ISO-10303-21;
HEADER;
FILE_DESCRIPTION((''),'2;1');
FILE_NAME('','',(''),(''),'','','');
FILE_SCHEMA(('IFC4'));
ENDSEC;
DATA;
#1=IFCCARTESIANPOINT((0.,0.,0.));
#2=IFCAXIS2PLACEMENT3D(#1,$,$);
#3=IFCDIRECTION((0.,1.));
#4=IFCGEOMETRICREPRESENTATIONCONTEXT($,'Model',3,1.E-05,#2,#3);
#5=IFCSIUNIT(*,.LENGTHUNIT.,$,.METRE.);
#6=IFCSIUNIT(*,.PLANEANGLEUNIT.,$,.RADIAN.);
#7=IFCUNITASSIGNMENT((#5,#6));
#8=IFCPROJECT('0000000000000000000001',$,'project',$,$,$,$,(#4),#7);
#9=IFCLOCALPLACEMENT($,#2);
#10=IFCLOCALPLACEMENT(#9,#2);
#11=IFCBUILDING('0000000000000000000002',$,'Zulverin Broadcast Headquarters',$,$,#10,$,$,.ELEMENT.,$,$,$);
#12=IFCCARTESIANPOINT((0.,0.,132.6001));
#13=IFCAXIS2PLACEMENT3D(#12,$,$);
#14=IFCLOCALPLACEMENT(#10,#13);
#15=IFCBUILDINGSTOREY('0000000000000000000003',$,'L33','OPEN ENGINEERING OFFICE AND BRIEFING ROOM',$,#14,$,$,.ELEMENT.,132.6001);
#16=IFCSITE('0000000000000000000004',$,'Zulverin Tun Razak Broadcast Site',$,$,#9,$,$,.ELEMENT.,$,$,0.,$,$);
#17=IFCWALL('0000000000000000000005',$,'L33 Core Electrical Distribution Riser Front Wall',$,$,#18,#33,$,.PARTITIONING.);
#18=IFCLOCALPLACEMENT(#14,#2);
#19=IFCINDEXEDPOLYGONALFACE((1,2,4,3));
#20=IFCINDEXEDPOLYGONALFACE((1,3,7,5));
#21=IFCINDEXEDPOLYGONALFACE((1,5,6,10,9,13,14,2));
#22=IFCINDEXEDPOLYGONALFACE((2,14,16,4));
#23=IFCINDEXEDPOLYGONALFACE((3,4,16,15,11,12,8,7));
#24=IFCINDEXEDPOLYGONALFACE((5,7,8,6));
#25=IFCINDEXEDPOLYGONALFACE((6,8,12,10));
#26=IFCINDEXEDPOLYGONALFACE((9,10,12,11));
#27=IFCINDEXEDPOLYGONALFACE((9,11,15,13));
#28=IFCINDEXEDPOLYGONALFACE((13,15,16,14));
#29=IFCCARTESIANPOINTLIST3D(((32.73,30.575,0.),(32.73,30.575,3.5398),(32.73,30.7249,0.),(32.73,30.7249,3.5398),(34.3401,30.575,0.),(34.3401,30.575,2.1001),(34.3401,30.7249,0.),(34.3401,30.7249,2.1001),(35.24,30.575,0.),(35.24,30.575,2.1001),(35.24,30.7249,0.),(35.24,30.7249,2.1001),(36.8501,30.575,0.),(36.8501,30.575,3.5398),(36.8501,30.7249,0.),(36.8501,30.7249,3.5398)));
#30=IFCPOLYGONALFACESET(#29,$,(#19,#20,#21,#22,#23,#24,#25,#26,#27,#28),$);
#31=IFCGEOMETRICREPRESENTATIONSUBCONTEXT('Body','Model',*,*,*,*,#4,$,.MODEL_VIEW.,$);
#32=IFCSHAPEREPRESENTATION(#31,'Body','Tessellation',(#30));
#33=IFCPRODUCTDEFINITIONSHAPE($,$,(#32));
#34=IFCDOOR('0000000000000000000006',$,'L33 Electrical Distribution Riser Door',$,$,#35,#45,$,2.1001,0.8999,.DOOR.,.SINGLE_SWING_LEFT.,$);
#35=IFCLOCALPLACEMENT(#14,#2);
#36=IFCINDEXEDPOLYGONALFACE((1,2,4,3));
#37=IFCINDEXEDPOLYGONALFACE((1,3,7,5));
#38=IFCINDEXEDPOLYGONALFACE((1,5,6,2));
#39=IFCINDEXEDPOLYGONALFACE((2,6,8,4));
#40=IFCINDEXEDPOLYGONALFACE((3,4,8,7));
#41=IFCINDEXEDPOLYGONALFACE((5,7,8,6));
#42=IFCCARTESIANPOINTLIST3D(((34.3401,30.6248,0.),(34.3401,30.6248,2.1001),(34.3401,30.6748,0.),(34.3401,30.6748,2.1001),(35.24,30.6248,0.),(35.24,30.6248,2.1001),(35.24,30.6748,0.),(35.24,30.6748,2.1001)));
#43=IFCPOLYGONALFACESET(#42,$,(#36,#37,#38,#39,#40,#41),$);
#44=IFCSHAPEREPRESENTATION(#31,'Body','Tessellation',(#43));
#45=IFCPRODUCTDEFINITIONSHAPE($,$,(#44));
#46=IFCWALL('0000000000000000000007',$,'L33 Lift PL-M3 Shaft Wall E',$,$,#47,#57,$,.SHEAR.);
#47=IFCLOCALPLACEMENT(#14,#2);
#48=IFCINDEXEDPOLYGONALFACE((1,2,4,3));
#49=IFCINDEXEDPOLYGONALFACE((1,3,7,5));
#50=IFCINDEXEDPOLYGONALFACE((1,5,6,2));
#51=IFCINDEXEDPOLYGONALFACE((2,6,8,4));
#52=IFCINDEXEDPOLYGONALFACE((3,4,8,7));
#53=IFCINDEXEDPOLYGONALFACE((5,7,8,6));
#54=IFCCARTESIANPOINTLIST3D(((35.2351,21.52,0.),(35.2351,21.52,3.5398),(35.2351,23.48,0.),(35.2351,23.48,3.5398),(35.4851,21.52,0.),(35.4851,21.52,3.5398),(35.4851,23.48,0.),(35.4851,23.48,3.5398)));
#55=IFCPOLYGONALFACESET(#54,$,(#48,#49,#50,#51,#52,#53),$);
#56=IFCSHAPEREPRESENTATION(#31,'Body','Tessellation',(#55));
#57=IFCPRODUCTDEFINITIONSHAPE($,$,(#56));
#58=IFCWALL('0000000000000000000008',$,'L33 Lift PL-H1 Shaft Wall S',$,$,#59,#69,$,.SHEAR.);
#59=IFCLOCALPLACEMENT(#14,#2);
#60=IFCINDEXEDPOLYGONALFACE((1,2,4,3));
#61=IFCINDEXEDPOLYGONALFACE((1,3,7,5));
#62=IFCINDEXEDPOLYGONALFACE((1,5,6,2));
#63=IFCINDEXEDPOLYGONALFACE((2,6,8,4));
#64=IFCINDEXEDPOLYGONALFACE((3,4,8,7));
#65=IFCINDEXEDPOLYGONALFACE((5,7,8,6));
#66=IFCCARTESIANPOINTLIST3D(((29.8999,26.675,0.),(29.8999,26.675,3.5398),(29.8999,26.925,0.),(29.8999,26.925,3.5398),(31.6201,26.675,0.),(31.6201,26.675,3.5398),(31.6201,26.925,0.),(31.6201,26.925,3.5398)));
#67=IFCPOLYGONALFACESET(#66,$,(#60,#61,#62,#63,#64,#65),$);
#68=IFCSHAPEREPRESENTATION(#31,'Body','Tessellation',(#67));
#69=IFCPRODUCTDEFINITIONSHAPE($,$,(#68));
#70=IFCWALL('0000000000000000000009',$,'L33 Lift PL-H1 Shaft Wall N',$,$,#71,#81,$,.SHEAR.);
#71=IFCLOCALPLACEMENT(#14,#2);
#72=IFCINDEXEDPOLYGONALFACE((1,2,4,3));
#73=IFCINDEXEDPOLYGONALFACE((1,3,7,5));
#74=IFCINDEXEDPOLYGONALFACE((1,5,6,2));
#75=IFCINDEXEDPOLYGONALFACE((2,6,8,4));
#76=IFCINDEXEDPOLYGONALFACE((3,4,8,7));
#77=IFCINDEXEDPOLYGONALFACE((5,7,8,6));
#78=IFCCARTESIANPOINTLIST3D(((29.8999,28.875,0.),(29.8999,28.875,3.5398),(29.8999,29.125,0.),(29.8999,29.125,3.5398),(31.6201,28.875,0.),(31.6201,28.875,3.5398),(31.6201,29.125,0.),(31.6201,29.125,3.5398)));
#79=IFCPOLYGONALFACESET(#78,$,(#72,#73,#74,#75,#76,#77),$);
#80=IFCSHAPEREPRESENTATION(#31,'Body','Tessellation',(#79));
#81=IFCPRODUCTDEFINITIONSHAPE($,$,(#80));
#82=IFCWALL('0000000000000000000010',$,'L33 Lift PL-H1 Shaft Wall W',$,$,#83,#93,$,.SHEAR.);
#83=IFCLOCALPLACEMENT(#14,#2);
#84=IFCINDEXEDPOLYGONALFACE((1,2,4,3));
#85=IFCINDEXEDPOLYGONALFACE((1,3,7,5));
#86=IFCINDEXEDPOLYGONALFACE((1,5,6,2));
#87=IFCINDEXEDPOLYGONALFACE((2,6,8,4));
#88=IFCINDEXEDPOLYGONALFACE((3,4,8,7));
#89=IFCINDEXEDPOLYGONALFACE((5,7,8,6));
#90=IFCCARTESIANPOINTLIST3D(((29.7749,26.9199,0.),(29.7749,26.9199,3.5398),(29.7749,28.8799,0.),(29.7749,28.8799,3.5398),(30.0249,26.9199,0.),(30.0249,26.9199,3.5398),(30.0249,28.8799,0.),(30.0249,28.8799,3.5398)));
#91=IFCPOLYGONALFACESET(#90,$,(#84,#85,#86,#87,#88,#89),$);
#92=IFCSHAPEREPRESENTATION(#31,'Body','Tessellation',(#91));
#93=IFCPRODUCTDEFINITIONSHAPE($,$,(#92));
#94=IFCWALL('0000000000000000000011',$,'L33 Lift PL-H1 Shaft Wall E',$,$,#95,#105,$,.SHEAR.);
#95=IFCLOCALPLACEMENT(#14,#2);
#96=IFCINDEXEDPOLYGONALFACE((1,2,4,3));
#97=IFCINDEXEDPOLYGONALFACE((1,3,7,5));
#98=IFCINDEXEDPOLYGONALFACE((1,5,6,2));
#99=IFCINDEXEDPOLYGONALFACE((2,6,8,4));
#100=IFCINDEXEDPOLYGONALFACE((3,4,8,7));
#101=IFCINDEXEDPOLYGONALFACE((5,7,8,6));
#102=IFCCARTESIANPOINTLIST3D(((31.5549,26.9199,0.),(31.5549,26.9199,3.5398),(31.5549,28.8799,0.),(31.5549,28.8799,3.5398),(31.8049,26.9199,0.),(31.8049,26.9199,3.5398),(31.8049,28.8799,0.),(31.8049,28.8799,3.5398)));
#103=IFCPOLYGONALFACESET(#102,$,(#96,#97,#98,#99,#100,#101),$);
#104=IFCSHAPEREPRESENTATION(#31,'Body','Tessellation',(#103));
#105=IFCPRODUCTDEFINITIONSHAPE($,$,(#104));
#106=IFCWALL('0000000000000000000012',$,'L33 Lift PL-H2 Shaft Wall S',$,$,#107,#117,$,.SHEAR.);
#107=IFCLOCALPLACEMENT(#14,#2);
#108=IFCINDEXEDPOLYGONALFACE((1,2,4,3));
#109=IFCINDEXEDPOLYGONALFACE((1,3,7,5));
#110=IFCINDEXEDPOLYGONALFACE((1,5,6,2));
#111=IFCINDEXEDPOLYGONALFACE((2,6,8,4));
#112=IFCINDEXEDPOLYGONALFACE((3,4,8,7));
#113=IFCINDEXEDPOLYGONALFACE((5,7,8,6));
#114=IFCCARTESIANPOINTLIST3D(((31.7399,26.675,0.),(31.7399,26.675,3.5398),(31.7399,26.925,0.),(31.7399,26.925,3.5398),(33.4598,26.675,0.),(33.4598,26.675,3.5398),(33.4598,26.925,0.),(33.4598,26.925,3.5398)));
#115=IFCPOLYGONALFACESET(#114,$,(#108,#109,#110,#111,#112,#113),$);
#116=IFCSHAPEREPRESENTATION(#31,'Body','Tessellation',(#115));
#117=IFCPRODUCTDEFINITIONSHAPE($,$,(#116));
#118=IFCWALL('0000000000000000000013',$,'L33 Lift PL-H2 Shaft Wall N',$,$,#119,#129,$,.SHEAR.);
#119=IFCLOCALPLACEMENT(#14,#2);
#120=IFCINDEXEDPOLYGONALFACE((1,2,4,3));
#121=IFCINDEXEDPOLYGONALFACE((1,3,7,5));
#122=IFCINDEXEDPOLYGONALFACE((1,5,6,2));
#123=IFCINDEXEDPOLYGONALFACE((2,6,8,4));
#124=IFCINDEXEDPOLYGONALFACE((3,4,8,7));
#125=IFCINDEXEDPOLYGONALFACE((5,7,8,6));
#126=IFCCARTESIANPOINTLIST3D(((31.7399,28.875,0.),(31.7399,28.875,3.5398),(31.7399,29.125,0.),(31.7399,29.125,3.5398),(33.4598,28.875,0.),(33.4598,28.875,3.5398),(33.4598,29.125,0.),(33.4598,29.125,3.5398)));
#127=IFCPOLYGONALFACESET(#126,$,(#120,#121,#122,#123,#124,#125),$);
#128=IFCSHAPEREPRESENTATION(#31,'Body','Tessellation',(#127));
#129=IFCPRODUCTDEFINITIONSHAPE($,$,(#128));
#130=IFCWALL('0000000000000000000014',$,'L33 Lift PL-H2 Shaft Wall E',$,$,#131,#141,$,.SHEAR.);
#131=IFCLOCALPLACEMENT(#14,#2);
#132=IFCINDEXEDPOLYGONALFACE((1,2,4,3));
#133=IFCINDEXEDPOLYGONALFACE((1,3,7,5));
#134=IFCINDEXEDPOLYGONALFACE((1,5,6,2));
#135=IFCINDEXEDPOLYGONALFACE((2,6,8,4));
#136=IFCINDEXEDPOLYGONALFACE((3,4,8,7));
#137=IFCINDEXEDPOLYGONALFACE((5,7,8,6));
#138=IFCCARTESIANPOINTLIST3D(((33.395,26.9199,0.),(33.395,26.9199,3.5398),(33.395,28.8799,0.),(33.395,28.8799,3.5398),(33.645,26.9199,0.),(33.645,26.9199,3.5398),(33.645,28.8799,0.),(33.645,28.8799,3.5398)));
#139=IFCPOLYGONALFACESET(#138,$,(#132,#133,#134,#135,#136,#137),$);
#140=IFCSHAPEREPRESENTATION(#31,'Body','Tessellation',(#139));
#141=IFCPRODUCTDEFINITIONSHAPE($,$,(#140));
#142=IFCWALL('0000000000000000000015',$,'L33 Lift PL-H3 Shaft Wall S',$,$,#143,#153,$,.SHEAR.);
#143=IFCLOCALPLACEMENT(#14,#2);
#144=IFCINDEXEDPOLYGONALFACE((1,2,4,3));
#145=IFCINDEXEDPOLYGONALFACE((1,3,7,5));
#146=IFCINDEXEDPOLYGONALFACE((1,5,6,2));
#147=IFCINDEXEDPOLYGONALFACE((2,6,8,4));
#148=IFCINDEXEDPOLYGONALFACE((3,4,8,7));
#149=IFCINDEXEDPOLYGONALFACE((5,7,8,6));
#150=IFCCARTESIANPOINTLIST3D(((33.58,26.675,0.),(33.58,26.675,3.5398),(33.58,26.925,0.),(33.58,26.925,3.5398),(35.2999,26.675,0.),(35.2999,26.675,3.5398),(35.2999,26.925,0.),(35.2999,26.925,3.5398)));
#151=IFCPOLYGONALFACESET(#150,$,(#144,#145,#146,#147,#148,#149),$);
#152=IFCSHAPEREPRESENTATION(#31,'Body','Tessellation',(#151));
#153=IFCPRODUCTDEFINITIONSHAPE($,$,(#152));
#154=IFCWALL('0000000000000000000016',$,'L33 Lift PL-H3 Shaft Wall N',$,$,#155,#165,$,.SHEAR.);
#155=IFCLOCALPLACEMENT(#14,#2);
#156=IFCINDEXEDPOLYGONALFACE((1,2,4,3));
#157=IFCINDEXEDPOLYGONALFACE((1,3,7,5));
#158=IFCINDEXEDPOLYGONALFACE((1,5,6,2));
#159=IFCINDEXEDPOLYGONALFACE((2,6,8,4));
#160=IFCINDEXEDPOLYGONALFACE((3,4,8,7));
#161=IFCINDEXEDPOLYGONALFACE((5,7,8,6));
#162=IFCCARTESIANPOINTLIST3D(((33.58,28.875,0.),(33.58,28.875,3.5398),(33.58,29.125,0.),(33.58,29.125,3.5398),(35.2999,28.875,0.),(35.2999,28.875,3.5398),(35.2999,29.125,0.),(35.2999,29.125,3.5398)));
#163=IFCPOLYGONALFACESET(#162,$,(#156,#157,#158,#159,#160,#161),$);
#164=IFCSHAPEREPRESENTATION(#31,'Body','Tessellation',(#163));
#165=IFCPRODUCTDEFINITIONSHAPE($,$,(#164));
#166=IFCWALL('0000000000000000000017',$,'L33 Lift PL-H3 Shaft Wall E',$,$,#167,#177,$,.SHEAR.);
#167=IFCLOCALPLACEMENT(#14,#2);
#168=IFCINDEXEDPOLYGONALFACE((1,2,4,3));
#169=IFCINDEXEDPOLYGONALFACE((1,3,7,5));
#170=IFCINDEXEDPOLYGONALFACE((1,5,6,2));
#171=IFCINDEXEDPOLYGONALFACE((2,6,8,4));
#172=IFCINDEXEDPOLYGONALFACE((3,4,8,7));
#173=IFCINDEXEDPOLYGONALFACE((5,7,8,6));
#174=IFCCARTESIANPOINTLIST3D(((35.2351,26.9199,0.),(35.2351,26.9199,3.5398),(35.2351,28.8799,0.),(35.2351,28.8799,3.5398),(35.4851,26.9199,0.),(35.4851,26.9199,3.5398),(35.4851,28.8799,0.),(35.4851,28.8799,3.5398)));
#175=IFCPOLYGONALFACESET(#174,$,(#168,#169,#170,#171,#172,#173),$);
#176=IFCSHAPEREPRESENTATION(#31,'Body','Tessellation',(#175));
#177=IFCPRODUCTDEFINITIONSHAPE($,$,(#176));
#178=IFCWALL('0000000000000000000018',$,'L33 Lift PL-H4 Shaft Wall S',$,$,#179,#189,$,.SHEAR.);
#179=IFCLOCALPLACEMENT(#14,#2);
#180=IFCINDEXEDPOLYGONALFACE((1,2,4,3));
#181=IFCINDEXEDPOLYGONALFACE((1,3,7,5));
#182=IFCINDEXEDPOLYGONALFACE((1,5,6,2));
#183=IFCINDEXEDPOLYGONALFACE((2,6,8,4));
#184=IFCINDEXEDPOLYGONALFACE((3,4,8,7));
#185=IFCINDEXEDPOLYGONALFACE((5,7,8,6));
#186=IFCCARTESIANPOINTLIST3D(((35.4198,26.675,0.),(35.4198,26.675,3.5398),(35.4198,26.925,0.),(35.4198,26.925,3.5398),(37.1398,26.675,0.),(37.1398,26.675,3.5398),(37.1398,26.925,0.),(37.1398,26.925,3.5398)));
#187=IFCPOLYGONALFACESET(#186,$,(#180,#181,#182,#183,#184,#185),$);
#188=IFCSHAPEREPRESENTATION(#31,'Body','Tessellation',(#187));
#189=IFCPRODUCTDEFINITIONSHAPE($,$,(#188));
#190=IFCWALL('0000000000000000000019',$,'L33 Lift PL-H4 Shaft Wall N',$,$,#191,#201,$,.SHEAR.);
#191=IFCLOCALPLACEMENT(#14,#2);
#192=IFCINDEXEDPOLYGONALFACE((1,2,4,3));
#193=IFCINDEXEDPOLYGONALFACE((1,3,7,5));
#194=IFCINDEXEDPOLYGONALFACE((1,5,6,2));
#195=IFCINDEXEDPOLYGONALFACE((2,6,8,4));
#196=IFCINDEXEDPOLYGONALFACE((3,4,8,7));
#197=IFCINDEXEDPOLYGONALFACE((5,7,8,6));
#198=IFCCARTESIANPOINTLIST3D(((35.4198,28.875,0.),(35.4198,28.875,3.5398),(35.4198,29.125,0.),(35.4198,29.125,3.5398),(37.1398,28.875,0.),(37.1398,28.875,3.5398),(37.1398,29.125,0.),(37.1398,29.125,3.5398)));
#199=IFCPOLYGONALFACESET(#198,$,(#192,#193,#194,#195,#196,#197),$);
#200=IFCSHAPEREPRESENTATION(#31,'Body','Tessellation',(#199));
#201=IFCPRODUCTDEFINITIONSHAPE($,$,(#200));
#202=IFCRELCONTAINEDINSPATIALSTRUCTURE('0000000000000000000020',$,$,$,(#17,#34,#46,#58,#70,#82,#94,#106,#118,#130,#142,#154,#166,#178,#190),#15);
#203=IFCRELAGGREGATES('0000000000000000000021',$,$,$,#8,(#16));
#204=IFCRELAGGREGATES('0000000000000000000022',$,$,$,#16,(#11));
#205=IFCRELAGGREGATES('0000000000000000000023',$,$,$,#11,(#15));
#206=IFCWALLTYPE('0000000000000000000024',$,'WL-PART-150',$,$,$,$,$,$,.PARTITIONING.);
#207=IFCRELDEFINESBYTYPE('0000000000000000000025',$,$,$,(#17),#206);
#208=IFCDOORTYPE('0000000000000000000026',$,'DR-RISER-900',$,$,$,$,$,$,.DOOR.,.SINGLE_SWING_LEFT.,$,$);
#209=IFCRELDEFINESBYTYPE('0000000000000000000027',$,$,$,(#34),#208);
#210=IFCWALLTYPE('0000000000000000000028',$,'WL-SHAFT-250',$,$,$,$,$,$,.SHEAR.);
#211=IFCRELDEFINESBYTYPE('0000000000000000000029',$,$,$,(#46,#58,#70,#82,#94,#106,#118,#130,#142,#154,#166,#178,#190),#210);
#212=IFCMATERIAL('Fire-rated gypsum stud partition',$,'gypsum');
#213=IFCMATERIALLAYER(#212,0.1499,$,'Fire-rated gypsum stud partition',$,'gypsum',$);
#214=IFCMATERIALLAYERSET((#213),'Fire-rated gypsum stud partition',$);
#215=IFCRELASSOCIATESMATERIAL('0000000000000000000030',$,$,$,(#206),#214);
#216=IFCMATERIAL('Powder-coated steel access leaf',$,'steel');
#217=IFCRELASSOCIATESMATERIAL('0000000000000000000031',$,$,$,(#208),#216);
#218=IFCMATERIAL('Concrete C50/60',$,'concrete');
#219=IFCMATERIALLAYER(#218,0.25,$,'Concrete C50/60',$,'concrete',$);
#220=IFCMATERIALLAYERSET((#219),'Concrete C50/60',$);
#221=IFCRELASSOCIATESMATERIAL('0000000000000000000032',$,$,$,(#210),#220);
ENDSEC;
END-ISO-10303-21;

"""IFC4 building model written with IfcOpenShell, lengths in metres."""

from ifc_helpers import new_model, si_unit, direction, frame, frame_2d, origin, place, context, subcontext, project, spatial, rectangle, extrude, material, layer, layer_set, type_object, element, fill, save


model = new_model("IFC4")

# Units and contexts
model_context = context("Model", 3, precision=1e-05, world=origin(), true_north=direction((0.0, 1.0)))
body_context = subcontext(model_context, "Body", "Model", "MODEL_VIEW")
ifc_project = project(units=[si_unit("LENGTHUNIT", "METRE"), si_unit("PLANEANGLEUNIT", "RADIAN")], contexts=[model_context])

# Site, building, storey
site_placement = place(None, origin())
site = spatial("IfcSite", under=ifc_project, at=site_placement, Name="Zulverin Tun Razak Broadcast Site", CompositionType="ELEMENT", RefElevation=0.0)
building_placement = place(site_placement, origin())
building = spatial("IfcBuilding", under=site, at=building_placement, Name="Zulverin Broadcast Headquarters", CompositionType="ELEMENT")
storey_placement = place(building_placement, frame((0.0, 0.0, 132.6001)))
storey = spatial("IfcBuildingStorey", under=building, at=storey_placement, Name="L33", Description="OPEN ENGINEERING OFFICE AND BRIEFING ROOM", CompositionType="ELEMENT", Elevation=132.6001)

# Wall, opening, door
ifc_material_1 = material(Name="Fire-rated gypsum stud partition", Category="gypsum")
ifc_layer_1 = layer(ifc_material_1, 0.1499, Name="Fire-rated gypsum stud partition", Category="gypsum")
ifc_layer_set_1 = layer_set([ifc_layer_1], Name="Fire-rated gypsum stud partition")
wall_type_1 = type_object("IfcWallType", Name="WL-PART-150", PredefinedType="PARTITIONING", material=ifc_layer_set_1)
wall_1_placement = place(storey_placement, frame((32.73, 30.6499, 0.0), z_axis=(0.0, 0.0, 1.0), x_axis=(1.0, 0.0, 0.0)))
wall_1 = element("IfcWall", 1, at=wall_1_placement, inside=storey, type_object=wall_type_1, Name="L33 Core Electrical Distribution Riser Front Wall", PredefinedType="PARTITIONING", context=body_context, shape_type="SweptSolid", body=[
    extrude(rectangle(XDim=4.1201, YDim=0.1499, at=frame_2d((2.0601, 0.0))), origin(), (0.0, 0.0, 1.0), 3.5398),
])
opening_1_placement = place(wall_1_placement, frame((1.6101, 0.0, 0.0)))
opening_1 = element("IfcOpeningElement", 2, at=opening_1_placement, cuts=wall_1, PredefinedType="OPENING", context=body_context, shape_type="SweptSolid", body=[
    extrude(rectangle(XDim=0.8999, YDim=2.1001, at=frame_2d((0.45, 1.05))), frame((0.0, 0.085, 0.0), z_axis=(0.0, -1.0, 0.0), x_axis=(1.0, 0.0, 0.0)), (0.0, 0.0, 1.0), 0.1699),
])
ifc_material_2 = material(Name="Powder-coated steel access leaf", Category="steel")
door_type_1 = type_object("IfcDoorType", Name="DR-RISER-900", OperationType="SINGLE_SWING_LEFT", PredefinedType="DOOR", material=ifc_material_2)
door_1_placement = place(opening_1_placement, origin())
door_1 = element("IfcDoor", 3, at=door_1_placement, inside=storey, type_object=door_type_1, Name="L33 Electrical Distribution Riser Door", OperationType="SINGLE_SWING_LEFT", OverallHeight=2.1001, OverallWidth=0.8999, PredefinedType="DOOR", context=body_context, shape_type="SweptSolid", body=[
    extrude(rectangle(XDim=0.8999, YDim=2.1001, at=frame_2d((0.45, 1.05))), frame((0.0, 0.0249, 0.0), z_axis=(0.0, -1.0, 0.0), x_axis=(1.0, 0.0, 0.0)), (0.0, 0.0, 1.0), 0.05),
])
fill(opening_1, door_1)
ifc_material_3 = material(Name="Concrete C50/60", Category="concrete")
ifc_layer_2 = layer(ifc_material_3, 0.25, Name="Concrete C50/60", Category="concrete")
ifc_layer_set_2 = layer_set([ifc_layer_2], Name="Concrete C50/60")
wall_type_2 = type_object("IfcWallType", Name="WL-SHAFT-250", PredefinedType="SHEAR", material=ifc_layer_set_2)

# Wall
wall_2_placement = place(storey_placement, frame((35.3601, 21.52, 0.0), z_axis=(0.0, 0.0, 1.0), x_axis=(0.0, 1.0, 0.0)))
element("IfcWall", 4, at=wall_2_placement, inside=storey, type_object=wall_type_2, Name="L33 Lift PL-M3 Shaft Wall E", PredefinedType="SHEAR", context=body_context, shape_type="SweptSolid", body=[
    extrude(rectangle(XDim=1.96, YDim=0.25, at=frame_2d((0.98, 0.0))), origin(), (0.0, 0.0, 1.0), 3.5398),
])

# Walls
for number, where, z_axis, x_axis, name in (
    (5, (29.8999, 26.8, 0.0), (0.0, 0.0, 1.0), (1.0, 0.0, 0.0), "L33 Lift PL-H1 Shaft Wall S"),
    (6, (29.8999, 29.0, 0.0), (0.0, 0.0, 1.0), (1.0, 0.0, 0.0), "L33 Lift PL-H1 Shaft Wall N"),
):
    element("IfcWall", number, at=place(storey_placement, frame(where, z_axis=z_axis, x_axis=x_axis)), inside=storey, type_object=wall_type_2, Name=name, PredefinedType="SHEAR", context=body_context, shape_type="SweptSolid", body=[
        extrude(rectangle(XDim=1.7202, YDim=0.25, at=frame_2d((0.8601, 0.0))), origin(), (0.0, 0.0, 1.0), 3.5398),
    ])
for number, where, z_axis, x_axis, name in (
    (7, (29.8999, 26.9199, 0.0), (0.0, 0.0, 1.0), (0.0, 1.0, 0.0), "L33 Lift PL-H1 Shaft Wall W"),
    (8, (31.6799, 26.9199, 0.0), (0.0, 0.0, 1.0), (0.0, 1.0, 0.0), "L33 Lift PL-H1 Shaft Wall E"),
):
    element("IfcWall", number, at=place(storey_placement, frame(where, z_axis=z_axis, x_axis=x_axis)), inside=storey, type_object=wall_type_2, Name=name, PredefinedType="SHEAR", context=body_context, shape_type="SweptSolid", body=[
        extrude(rectangle(XDim=1.96, YDim=0.25, at=frame_2d((0.98, 0.0))), origin(), (0.0, 0.0, 1.0), 3.5398),
    ])
for number, where, z_axis, x_axis, name in (
    (9, (31.74, 26.8, 0.0), (0.0, 0.0, 1.0), (1.0, 0.0, 0.0), "L33 Lift PL-H2 Shaft Wall S"),
    (10, (31.74, 29.0, 0.0), (0.0, 0.0, 1.0), (1.0, 0.0, 0.0), "L33 Lift PL-H2 Shaft Wall N"),
):
    element("IfcWall", number, at=place(storey_placement, frame(where, z_axis=z_axis, x_axis=x_axis)), inside=storey, type_object=wall_type_2, Name=name, PredefinedType="SHEAR", context=body_context, shape_type="SweptSolid", body=[
        extrude(rectangle(XDim=1.72, YDim=0.25, at=frame_2d((0.8599, 0.0))), origin(), (0.0, 0.0, 1.0), 3.5398),
    ])
wall_3_placement = place(storey_placement, frame((33.52, 26.9199, 0.0), z_axis=(0.0, 0.0, 1.0), x_axis=(0.0, 1.0, 0.0)))
element("IfcWall", 11, at=wall_3_placement, inside=storey, type_object=wall_type_2, Name="L33 Lift PL-H2 Shaft Wall E", PredefinedType="SHEAR", context=body_context, shape_type="SweptSolid", body=[
    extrude(rectangle(XDim=1.96, YDim=0.25, at=frame_2d((0.98, 0.0))), origin(), (0.0, 0.0, 1.0), 3.5398),
])
for number, where, z_axis, x_axis, name in (
    (12, (33.5801, 26.8, 0.0), (0.0, 0.0, 1.0), (1.0, 0.0, 0.0), "L33 Lift PL-H3 Shaft Wall S"),
    (13, (33.5801, 29.0, 0.0), (0.0, 0.0, 1.0), (1.0, 0.0, 0.0), "L33 Lift PL-H3 Shaft Wall N"),
):
    element("IfcWall", number, at=place(storey_placement, frame(where, z_axis=z_axis, x_axis=x_axis)), inside=storey, type_object=wall_type_2, Name=name, PredefinedType="SHEAR", context=body_context, shape_type="SweptSolid", body=[
        extrude(rectangle(XDim=1.72, YDim=0.25, at=frame_2d((0.8599, 0.0))), origin(), (0.0, 0.0, 1.0), 3.5398),
    ])
wall_4_placement = place(storey_placement, frame((35.3601, 26.9199, 0.0), z_axis=(0.0, 0.0, 1.0), x_axis=(0.0, 1.0, 0.0)))
element("IfcWall", 14, at=wall_4_placement, inside=storey, type_object=wall_type_2, Name="L33 Lift PL-H3 Shaft Wall E", PredefinedType="SHEAR", context=body_context, shape_type="SweptSolid", body=[
    extrude(rectangle(XDim=1.96, YDim=0.25, at=frame_2d((0.98, 0.0))), origin(), (0.0, 0.0, 1.0), 3.5398),
])
for number, where, z_axis, x_axis, name in (
    (15, (35.4199, 26.8, 0.0), (0.0, 0.0, 1.0), (1.0, 0.0, 0.0), "L33 Lift PL-H4 Shaft Wall S"),
    (16, (35.4199, 29.0, 0.0), (0.0, 0.0, 1.0), (1.0, 0.0, 0.0), "L33 Lift PL-H4 Shaft Wall N"),
):
    element("IfcWall", number, at=place(storey_placement, frame(where, z_axis=z_axis, x_axis=x_axis)), inside=storey, type_object=wall_type_2, Name=name, PredefinedType="SHEAR", context=body_context, shape_type="SweptSolid", body=[
        extrude(rectangle(XDim=1.72, YDim=0.25, at=frame_2d((0.8599, 0.0))), origin(), (0.0, 0.0, 1.0), 3.5398),
    ])

save(model, "model.ifc")
